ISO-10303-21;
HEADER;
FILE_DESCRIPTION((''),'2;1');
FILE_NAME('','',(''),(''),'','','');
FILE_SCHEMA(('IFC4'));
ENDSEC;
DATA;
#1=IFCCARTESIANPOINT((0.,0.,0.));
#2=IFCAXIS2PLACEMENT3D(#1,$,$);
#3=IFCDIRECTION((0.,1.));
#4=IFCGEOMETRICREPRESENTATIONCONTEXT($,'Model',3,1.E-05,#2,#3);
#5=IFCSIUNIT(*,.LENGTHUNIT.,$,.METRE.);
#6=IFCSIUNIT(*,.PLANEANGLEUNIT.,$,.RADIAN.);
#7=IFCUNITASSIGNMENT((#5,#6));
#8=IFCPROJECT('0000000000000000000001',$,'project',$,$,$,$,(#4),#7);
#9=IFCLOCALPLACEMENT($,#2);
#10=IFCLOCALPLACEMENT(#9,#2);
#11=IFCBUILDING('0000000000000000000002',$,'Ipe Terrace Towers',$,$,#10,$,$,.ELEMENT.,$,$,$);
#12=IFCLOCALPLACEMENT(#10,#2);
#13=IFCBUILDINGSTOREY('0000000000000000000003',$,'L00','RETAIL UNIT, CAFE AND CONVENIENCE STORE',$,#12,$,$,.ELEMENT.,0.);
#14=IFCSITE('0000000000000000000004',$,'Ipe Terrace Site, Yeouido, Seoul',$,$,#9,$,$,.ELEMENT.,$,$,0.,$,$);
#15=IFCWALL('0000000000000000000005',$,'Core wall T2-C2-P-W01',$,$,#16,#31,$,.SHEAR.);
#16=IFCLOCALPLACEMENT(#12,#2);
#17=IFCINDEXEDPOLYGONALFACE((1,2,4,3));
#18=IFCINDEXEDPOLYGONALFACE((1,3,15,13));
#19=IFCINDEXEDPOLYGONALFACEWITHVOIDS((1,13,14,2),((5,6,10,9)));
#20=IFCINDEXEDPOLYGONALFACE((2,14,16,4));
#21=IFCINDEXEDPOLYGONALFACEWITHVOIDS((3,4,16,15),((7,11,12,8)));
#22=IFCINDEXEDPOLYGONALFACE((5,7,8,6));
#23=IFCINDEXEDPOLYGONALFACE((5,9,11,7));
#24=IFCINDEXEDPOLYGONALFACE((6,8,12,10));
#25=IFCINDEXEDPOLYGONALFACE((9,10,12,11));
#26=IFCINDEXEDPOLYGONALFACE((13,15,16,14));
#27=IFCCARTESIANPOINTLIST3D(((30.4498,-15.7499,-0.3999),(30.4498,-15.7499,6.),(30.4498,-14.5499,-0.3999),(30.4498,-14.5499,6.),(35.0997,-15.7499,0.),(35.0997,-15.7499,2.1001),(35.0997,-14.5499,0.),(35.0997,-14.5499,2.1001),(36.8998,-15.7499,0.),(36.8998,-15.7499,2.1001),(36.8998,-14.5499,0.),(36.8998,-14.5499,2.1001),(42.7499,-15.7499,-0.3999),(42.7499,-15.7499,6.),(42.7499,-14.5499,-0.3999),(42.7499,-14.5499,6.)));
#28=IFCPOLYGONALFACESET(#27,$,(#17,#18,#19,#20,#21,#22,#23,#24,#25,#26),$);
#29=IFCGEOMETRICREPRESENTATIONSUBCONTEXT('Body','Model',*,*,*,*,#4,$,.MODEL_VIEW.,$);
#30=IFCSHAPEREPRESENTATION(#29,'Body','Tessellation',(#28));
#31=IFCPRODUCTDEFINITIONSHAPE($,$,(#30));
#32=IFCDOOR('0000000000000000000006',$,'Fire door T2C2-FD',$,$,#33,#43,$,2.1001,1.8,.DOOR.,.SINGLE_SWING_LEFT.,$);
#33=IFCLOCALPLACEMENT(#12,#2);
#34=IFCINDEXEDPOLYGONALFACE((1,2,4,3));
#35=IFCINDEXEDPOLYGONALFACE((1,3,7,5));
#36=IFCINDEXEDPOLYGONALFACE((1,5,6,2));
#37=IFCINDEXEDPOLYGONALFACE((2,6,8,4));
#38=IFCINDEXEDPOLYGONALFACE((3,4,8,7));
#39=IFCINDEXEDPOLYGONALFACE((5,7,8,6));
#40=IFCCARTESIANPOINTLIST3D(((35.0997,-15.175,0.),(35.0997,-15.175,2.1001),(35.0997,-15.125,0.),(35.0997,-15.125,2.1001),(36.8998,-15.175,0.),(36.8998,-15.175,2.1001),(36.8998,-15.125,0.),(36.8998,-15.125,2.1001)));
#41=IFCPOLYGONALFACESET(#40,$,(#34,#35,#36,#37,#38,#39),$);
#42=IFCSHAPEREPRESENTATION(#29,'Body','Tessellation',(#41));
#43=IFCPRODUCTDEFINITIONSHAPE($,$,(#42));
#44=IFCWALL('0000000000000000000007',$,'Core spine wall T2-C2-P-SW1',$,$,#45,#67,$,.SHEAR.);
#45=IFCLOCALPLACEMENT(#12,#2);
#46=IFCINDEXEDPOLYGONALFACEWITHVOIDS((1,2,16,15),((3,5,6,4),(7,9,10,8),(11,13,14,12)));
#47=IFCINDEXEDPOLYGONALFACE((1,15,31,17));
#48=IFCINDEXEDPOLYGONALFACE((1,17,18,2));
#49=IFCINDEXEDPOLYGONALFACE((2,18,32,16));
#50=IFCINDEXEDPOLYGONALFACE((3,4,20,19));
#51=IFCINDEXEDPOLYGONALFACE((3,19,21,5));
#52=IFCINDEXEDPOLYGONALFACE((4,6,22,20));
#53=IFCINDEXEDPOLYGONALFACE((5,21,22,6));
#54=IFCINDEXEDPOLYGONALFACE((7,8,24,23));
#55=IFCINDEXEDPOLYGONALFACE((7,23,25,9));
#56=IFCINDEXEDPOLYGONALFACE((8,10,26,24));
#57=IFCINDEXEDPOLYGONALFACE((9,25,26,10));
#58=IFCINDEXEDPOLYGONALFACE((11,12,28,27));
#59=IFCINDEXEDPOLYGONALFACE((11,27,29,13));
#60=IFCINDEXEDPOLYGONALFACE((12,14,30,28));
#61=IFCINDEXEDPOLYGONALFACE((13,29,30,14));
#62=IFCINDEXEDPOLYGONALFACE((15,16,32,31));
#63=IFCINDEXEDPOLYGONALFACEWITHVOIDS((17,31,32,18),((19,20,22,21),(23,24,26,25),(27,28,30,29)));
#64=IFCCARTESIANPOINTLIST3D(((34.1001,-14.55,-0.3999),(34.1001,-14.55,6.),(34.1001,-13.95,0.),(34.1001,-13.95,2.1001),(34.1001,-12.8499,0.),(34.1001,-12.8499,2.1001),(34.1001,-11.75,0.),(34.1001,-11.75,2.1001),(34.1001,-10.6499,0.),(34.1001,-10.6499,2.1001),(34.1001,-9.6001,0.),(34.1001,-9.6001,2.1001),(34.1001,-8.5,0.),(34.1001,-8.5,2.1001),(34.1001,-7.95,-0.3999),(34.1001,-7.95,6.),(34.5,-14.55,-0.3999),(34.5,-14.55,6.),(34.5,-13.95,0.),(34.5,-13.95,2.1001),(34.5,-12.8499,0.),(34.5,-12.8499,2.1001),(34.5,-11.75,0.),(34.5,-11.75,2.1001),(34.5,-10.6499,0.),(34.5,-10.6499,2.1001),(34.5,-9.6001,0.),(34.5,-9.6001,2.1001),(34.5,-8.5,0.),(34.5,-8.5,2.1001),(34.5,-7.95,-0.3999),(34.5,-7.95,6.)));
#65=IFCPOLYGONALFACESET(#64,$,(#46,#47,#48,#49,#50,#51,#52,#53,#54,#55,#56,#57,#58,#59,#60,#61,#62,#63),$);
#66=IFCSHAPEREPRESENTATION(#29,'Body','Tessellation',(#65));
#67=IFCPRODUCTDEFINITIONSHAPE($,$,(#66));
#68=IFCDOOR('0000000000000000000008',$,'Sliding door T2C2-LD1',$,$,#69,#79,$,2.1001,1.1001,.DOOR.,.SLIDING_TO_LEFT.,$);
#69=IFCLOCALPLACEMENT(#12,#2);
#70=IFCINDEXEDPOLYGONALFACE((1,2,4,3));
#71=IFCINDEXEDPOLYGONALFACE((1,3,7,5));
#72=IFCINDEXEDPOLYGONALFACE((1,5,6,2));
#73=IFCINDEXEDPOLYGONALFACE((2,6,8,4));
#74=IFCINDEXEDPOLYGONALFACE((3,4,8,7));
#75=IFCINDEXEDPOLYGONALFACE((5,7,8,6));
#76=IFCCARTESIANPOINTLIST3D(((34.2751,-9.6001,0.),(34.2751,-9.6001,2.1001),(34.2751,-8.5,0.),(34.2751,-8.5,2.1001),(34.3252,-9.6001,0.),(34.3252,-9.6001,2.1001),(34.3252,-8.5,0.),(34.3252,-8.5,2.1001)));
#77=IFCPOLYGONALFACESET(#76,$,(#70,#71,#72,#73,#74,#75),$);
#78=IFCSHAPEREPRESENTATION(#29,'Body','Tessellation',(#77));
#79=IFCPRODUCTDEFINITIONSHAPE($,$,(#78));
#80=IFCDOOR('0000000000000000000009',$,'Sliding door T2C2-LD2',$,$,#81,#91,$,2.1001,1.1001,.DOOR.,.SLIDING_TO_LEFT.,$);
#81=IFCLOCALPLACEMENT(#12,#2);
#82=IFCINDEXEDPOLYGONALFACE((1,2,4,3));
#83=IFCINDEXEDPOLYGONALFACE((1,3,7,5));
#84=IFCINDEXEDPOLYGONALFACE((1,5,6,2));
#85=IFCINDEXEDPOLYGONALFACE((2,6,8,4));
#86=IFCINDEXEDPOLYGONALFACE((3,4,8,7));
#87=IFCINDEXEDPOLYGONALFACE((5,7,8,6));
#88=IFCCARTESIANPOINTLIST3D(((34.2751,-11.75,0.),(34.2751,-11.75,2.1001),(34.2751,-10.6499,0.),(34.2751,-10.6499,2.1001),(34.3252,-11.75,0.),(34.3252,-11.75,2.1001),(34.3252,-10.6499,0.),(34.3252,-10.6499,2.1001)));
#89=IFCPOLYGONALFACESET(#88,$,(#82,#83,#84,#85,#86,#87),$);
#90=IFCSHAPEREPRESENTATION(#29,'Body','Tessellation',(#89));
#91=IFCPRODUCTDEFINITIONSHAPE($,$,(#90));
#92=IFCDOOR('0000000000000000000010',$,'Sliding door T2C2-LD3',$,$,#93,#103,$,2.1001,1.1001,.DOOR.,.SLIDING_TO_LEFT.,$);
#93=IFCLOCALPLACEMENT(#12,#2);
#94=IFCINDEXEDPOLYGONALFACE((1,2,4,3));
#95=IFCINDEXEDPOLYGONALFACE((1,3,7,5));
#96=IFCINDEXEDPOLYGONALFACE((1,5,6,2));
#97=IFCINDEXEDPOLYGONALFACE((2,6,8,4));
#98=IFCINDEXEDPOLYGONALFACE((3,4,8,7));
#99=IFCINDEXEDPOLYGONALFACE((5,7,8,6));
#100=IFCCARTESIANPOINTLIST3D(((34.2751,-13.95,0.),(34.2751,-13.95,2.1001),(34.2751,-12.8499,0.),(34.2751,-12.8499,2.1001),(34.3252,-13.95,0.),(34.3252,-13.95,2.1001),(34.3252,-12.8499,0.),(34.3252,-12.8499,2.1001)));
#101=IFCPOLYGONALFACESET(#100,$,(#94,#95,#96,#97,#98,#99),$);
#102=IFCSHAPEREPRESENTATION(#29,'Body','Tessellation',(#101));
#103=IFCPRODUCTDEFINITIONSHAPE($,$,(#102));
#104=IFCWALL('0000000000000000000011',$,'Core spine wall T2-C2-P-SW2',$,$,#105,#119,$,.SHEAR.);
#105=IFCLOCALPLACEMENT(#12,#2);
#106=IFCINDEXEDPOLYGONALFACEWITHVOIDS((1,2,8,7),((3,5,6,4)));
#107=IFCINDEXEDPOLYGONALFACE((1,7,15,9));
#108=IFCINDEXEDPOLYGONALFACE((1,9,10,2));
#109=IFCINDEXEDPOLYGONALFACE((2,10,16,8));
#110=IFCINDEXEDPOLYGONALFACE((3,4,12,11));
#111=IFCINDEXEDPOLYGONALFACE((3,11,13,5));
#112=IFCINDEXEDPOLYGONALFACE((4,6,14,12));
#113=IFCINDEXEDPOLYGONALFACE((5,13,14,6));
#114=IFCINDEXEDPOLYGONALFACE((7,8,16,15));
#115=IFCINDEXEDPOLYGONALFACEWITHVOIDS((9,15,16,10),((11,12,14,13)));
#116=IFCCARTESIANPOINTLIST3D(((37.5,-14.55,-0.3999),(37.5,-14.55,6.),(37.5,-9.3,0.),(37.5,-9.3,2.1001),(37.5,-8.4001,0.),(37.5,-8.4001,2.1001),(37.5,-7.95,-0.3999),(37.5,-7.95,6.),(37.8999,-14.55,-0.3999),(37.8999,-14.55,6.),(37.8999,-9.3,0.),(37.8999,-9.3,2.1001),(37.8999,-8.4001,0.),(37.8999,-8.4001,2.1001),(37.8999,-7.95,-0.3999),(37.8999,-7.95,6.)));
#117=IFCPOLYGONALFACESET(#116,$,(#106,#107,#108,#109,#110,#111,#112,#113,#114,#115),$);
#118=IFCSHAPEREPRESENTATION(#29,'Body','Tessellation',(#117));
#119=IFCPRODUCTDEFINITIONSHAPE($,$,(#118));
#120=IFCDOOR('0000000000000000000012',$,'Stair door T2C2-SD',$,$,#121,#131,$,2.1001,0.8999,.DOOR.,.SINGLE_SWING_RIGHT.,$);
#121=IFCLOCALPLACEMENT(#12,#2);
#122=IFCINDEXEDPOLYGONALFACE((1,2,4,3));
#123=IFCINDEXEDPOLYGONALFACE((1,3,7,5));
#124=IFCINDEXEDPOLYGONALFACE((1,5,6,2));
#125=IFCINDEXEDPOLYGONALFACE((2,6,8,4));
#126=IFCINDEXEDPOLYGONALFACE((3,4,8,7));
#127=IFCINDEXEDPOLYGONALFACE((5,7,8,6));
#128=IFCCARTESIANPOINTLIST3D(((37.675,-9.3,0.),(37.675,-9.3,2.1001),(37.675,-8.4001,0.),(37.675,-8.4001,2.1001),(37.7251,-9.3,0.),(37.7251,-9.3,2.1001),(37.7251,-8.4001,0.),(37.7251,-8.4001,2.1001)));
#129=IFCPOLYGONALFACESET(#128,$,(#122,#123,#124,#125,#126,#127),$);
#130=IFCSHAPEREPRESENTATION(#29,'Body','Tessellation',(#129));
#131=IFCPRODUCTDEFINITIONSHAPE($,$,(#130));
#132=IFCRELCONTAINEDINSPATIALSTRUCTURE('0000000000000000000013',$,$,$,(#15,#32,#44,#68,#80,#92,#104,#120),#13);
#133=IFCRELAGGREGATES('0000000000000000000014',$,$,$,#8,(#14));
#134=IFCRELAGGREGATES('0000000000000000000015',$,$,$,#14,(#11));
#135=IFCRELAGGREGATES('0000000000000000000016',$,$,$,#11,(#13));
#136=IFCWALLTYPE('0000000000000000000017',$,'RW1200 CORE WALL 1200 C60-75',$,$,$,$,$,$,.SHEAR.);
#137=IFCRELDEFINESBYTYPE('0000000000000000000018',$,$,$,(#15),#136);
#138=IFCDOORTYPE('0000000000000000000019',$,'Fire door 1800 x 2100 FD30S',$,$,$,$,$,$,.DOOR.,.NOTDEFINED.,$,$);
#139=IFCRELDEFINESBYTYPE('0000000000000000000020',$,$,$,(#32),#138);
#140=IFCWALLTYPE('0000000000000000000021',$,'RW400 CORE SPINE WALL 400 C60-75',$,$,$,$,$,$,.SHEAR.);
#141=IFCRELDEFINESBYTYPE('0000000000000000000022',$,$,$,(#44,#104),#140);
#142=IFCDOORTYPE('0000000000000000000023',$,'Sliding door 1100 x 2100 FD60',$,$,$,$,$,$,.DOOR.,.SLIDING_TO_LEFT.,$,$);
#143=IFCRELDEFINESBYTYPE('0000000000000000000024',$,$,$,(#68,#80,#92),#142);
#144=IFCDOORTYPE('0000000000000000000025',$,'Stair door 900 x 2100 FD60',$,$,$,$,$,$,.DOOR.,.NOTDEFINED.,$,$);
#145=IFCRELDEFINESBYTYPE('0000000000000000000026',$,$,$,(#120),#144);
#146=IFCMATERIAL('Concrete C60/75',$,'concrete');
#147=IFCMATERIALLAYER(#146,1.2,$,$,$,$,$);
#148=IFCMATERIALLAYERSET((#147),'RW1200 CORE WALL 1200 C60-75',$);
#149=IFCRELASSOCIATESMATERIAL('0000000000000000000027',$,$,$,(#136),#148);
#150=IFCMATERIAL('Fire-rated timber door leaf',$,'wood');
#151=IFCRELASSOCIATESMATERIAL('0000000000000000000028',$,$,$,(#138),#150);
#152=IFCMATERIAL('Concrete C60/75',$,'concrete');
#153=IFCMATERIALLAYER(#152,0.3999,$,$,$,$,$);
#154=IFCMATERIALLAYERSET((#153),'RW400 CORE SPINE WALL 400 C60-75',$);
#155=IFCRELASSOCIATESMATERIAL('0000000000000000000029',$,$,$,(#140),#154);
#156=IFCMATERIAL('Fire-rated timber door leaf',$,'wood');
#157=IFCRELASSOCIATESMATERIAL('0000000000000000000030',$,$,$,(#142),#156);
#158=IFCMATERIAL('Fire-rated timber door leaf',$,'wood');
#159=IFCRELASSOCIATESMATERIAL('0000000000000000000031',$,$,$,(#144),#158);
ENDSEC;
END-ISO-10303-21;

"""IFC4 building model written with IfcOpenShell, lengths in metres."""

from ifc_helpers import new_model, si_unit, direction, frame, frame_2d, origin, place, context, subcontext, project, spatial, rectangle, extrude, material, layer, layer_set, type_object, element, fill, save


model = new_model("IFC4")

# Units and contexts
model_context = context("Model", 3, precision=1e-05, world=origin(), true_north=direction((0.0, 1.0)))
body_context = subcontext(model_context, "Body", "Model", "MODEL_VIEW")
ifc_project = project(units=[si_unit("LENGTHUNIT", "METRE"), si_unit("PLANEANGLEUNIT", "RADIAN")], contexts=[model_context])

# Site, building, storey
site_placement = place(None, origin())
site = spatial("IfcSite", under=ifc_project, at=site_placement, Name="Ipe Terrace Site, Yeouido, Seoul", CompositionType="ELEMENT", RefElevation=0.0)
building_placement = place(site_placement, origin())
building = spatial("IfcBuilding", under=site, at=building_placement, Name="Ipe Terrace Towers", CompositionType="ELEMENT")
storey_placement = place(building_placement, origin())
storey = spatial("IfcBuildingStorey", under=building, at=storey_placement, Name="L00", Description="RETAIL UNIT, CAFE AND CONVENIENCE STORE", CompositionType="ELEMENT", Elevation=0.0)

# Wall, opening, door
ifc_material_1 = material(Name="Concrete C60/75", Category="concrete")
ifc_layer_1 = layer(ifc_material_1, 1.2)
ifc_layer_set_1 = layer_set([ifc_layer_1], Name="RW1200 CORE WALL 1200 C60-75")
wall_type_1 = type_object("IfcWallType", Name="RW1200 CORE WALL 1200 C60-75", PredefinedType="SHEAR", material=ifc_layer_set_1)
wall_1_placement = place(storey_placement, frame((30.45, -15.1499, -0.3999), z_axis=(0.0, 0.0, 1.0), x_axis=(1.0, 0.0, 0.0)))
wall_1 = element("IfcWall", 1, at=wall_1_placement, inside=storey, type_object=wall_type_1, Name="Core wall T2-C2-P-W01", PredefinedType="SHEAR", context=body_context, shape_type="SweptSolid", body=[
    extrude(rectangle(XDim=12.3, YDim=1.2, at=frame_2d((6.1499, 0.0))), origin(), (0.0, 0.0, 1.0), 6.3999),
])
opening_1_placement = place(wall_1_placement, frame((4.6499, 0.0, 0.3999)))
opening_1 = element("IfcOpeningElement", 2, at=opening_1_placement, cuts=wall_1, PredefinedType="OPENING", context=body_context, shape_type="SweptSolid", body=[
    extrude(rectangle(XDim=1.8, YDim=2.1001, at=frame_2d((0.8999, 1.05))), frame((0.0, 0.6099, 0.0), z_axis=(0.0, -1.0, 0.0), x_axis=(1.0, 0.0, 0.0)), (0.0, 0.0, 1.0), 1.22),
])
ifc_material_2 = material(Name="Fire-rated timber door leaf", Category="wood")
door_type_1 = type_object("IfcDoorType", Name="Fire door 1800 x 2100 FD30S", OperationType="NOTDEFINED", PredefinedType="DOOR", material=ifc_material_2)
door_1_placement = place(opening_1_placement, origin())
door_1 = element("IfcDoor", 3, at=door_1_placement, inside=storey, type_object=door_type_1, Name="Fire door T2C2-FD", OperationType="SINGLE_SWING_LEFT", OverallHeight=2.1001, OverallWidth=1.8, PredefinedType="DOOR", context=body_context, shape_type="SweptSolid", body=[
    extrude(rectangle(XDim=1.8, YDim=2.1001, at=frame_2d((0.8999, 1.05))), frame((0.0, 0.0249, 0.0), z_axis=(0.0, -1.0, 0.0), x_axis=(1.0, 0.0, 0.0)), (0.0, 0.0, 1.0), 0.05),
])
fill(opening_1, door_1)

# Wall, openings, doors
ifc_material_3 = material(Name="Concrete C60/75", Category="concrete")
ifc_layer_2 = layer(ifc_material_3, 0.3999)
ifc_layer_set_2 = layer_set([ifc_layer_2], Name="RW400 CORE SPINE WALL 400 C60-75")
wall_type_2 = type_object("IfcWallType", Name="RW400 CORE SPINE WALL 400 C60-75", PredefinedType="SHEAR", material=ifc_layer_set_2)
wall_2_placement = place(storey_placement, frame((34.3, -14.55, -0.3999), z_axis=(0.0, 0.0, 1.0), x_axis=(0.0, 1.0, 0.0)))
wall_2 = element("IfcWall", 4, at=wall_2_placement, inside=storey, type_object=wall_type_2, Name="Core spine wall T2-C2-P-SW1", PredefinedType="SHEAR", context=body_context, shape_type="SweptSolid", body=[
    extrude(rectangle(XDim=6.6001, YDim=0.3999, at=frame_2d((3.3, 0.0))), origin(), (0.0, 0.0, 1.0), 6.3999),
])
opening_2_placement = place(wall_2_placement, frame((4.95, 0.0, 0.3999)))
opening_2 = element("IfcOpeningElement", 5, at=opening_2_placement, cuts=wall_2, PredefinedType="OPENING", context=body_context, shape_type="SweptSolid", body=[
    extrude(rectangle(XDim=1.1001, YDim=2.1001, at=frame_2d((0.55, 1.05))), frame((0.0, 0.21, 0.0), z_axis=(0.0, -1.0, 0.0), x_axis=(1.0, 0.0, 0.0)), (0.0, 0.0, 1.0), 0.4199),
])
opening_3_placement = place(wall_2_placement, frame((2.8, 0.0, 0.3999)))
opening_3 = element("IfcOpeningElement", 6, at=opening_3_placement, cuts=wall_2, PredefinedType="OPENING", context=body_context, shape_type="SweptSolid", body=[
    extrude(rectangle(XDim=1.1001, YDim=2.1001, at=frame_2d((0.55, 1.05))), frame((0.0, 0.21, 0.0), z_axis=(0.0, -1.0, 0.0), x_axis=(1.0, 0.0, 0.0)), (0.0, 0.0, 1.0), 0.4199),
])
opening_4_placement = place(wall_2_placement, frame((0.6001, 0.0, 0.3999)))
opening_4 = element("IfcOpeningElement", 7, at=opening_4_placement, cuts=wall_2, PredefinedType="OPENING", context=body_context, shape_type="SweptSolid", body=[
    extrude(rectangle(XDim=1.1001, YDim=2.1001, at=frame_2d((0.55, 1.05))), frame((0.0, 0.21, 0.0), z_axis=(0.0, -1.0, 0.0), x_axis=(1.0, 0.0, 0.0)), (0.0, 0.0, 1.0), 0.4199),
])
ifc_material_4 = material(Name="Fire-rated timber door leaf", Category="wood")
door_type_2 = type_object("IfcDoorType", Name="Sliding door 1100 x 2100 FD60", OperationType="SLIDING_TO_LEFT", PredefinedType="DOOR", material=ifc_material_4)
door_2_placement = place(opening_2_placement, origin())
door_2 = element("IfcDoor", 8, at=door_2_placement, inside=storey, type_object=door_type_2, Name="Sliding door T2C2-LD1", OperationType="SLIDING_TO_LEFT", OverallHeight=2.1001, OverallWidth=1.1001, PredefinedType="DOOR", context=body_context, shape_type="SweptSolid", body=[
    extrude(rectangle(XDim=1.1001, YDim=2.1001, at=frame_2d((0.55, 1.05))), frame((0.0, 0.0249, 0.0), z_axis=(0.0, -1.0, 0.0), x_axis=(1.0, 0.0, 0.0)), (0.0, 0.0, 1.0), 0.05),
])
fill(opening_2, door_2)
door_3_placement = place(opening_3_placement, origin())
door_3 = element("IfcDoor", 9, at=door_3_placement, inside=storey, type_object=door_type_2, Name="Sliding door T2C2-LD2", OperationType="SLIDING_TO_LEFT", OverallHeight=2.1001, OverallWidth=1.1001, PredefinedType="DOOR", context=body_context, shape_type="SweptSolid", body=[
    extrude(rectangle(XDim=1.1001, YDim=2.1001, at=frame_2d((0.55, 1.05))), frame((0.0, 0.0249, 0.0), z_axis=(0.0, -1.0, 0.0), x_axis=(1.0, 0.0, 0.0)), (0.0, 0.0, 1.0), 0.05),
])
fill(opening_3, door_3)
door_4_placement = place(opening_4_placement, origin())
door_4 = element("IfcDoor", 10, at=door_4_placement, inside=storey, type_object=door_type_2, Name="Sliding door T2C2-LD3", OperationType="SLIDING_TO_LEFT", OverallHeight=2.1001, OverallWidth=1.1001, PredefinedType="DOOR", context=body_context, shape_type="SweptSolid", body=[
    extrude(rectangle(XDim=1.1001, YDim=2.1001, at=frame_2d((0.55, 1.05))), frame((0.0, 0.0249, 0.0), z_axis=(0.0, -1.0, 0.0), x_axis=(1.0, 0.0, 0.0)), (0.0, 0.0, 1.0), 0.05),
])
fill(opening_4, door_4)

# Wall, opening, door
wall_3_placement = place(storey_placement, frame((37.7, -14.55, -0.3999), z_axis=(0.0, 0.0, 1.0), x_axis=(0.0, 1.0, 0.0)))
wall_3 = element("IfcWall", 11, at=wall_3_placement, inside=storey, type_object=wall_type_2, Name="Core spine wall T2-C2-P-SW2", PredefinedType="SHEAR", context=body_context, shape_type="SweptSolid", body=[
    extrude(rectangle(XDim=6.6001, YDim=0.3999, at=frame_2d((3.3, 0.0))), origin(), (0.0, 0.0, 1.0), 6.3999),
])
opening_5_placement = place(wall_3_placement, frame((5.25, 0.0, 0.3999)))
opening_5 = element("IfcOpeningElement", 12, at=opening_5_placement, cuts=wall_3, PredefinedType="OPENING", context=body_context, shape_type="SweptSolid", body=[
    extrude(rectangle(XDim=0.8999, YDim=2.1001, at=frame_2d((0.45, 1.05))), frame((0.0, 0.21, 0.0), z_axis=(0.0, -1.0, 0.0), x_axis=(1.0, 0.0, 0.0)), (0.0, 0.0, 1.0), 0.4199),
])
ifc_material_5 = material(Name="Fire-rated timber door leaf", Category="wood")
door_type_3 = type_object("IfcDoorType", Name="Stair door 900 x 2100 FD60", OperationType="NOTDEFINED", PredefinedType="DOOR", material=ifc_material_5)
door_5_placement = place(opening_5_placement, origin())
door_5 = element("IfcDoor", 13, at=door_5_placement, inside=storey, type_object=door_type_3, Name="Stair door T2C2-SD", OperationType="SINGLE_SWING_RIGHT", OverallHeight=2.1001, OverallWidth=0.8999, PredefinedType="DOOR", context=body_context, shape_type="SweptSolid", body=[
    extrude(rectangle(XDim=0.8999, YDim=2.1001, at=frame_2d((0.45, 1.05))), frame((0.0, 0.0249, 0.0), z_axis=(0.0, -1.0, 0.0), x_axis=(1.0, 0.0, 0.0)), (0.0, 0.0, 1.0), 0.05),
])
fill(opening_5, door_5)

save(model, "model.ifc")
